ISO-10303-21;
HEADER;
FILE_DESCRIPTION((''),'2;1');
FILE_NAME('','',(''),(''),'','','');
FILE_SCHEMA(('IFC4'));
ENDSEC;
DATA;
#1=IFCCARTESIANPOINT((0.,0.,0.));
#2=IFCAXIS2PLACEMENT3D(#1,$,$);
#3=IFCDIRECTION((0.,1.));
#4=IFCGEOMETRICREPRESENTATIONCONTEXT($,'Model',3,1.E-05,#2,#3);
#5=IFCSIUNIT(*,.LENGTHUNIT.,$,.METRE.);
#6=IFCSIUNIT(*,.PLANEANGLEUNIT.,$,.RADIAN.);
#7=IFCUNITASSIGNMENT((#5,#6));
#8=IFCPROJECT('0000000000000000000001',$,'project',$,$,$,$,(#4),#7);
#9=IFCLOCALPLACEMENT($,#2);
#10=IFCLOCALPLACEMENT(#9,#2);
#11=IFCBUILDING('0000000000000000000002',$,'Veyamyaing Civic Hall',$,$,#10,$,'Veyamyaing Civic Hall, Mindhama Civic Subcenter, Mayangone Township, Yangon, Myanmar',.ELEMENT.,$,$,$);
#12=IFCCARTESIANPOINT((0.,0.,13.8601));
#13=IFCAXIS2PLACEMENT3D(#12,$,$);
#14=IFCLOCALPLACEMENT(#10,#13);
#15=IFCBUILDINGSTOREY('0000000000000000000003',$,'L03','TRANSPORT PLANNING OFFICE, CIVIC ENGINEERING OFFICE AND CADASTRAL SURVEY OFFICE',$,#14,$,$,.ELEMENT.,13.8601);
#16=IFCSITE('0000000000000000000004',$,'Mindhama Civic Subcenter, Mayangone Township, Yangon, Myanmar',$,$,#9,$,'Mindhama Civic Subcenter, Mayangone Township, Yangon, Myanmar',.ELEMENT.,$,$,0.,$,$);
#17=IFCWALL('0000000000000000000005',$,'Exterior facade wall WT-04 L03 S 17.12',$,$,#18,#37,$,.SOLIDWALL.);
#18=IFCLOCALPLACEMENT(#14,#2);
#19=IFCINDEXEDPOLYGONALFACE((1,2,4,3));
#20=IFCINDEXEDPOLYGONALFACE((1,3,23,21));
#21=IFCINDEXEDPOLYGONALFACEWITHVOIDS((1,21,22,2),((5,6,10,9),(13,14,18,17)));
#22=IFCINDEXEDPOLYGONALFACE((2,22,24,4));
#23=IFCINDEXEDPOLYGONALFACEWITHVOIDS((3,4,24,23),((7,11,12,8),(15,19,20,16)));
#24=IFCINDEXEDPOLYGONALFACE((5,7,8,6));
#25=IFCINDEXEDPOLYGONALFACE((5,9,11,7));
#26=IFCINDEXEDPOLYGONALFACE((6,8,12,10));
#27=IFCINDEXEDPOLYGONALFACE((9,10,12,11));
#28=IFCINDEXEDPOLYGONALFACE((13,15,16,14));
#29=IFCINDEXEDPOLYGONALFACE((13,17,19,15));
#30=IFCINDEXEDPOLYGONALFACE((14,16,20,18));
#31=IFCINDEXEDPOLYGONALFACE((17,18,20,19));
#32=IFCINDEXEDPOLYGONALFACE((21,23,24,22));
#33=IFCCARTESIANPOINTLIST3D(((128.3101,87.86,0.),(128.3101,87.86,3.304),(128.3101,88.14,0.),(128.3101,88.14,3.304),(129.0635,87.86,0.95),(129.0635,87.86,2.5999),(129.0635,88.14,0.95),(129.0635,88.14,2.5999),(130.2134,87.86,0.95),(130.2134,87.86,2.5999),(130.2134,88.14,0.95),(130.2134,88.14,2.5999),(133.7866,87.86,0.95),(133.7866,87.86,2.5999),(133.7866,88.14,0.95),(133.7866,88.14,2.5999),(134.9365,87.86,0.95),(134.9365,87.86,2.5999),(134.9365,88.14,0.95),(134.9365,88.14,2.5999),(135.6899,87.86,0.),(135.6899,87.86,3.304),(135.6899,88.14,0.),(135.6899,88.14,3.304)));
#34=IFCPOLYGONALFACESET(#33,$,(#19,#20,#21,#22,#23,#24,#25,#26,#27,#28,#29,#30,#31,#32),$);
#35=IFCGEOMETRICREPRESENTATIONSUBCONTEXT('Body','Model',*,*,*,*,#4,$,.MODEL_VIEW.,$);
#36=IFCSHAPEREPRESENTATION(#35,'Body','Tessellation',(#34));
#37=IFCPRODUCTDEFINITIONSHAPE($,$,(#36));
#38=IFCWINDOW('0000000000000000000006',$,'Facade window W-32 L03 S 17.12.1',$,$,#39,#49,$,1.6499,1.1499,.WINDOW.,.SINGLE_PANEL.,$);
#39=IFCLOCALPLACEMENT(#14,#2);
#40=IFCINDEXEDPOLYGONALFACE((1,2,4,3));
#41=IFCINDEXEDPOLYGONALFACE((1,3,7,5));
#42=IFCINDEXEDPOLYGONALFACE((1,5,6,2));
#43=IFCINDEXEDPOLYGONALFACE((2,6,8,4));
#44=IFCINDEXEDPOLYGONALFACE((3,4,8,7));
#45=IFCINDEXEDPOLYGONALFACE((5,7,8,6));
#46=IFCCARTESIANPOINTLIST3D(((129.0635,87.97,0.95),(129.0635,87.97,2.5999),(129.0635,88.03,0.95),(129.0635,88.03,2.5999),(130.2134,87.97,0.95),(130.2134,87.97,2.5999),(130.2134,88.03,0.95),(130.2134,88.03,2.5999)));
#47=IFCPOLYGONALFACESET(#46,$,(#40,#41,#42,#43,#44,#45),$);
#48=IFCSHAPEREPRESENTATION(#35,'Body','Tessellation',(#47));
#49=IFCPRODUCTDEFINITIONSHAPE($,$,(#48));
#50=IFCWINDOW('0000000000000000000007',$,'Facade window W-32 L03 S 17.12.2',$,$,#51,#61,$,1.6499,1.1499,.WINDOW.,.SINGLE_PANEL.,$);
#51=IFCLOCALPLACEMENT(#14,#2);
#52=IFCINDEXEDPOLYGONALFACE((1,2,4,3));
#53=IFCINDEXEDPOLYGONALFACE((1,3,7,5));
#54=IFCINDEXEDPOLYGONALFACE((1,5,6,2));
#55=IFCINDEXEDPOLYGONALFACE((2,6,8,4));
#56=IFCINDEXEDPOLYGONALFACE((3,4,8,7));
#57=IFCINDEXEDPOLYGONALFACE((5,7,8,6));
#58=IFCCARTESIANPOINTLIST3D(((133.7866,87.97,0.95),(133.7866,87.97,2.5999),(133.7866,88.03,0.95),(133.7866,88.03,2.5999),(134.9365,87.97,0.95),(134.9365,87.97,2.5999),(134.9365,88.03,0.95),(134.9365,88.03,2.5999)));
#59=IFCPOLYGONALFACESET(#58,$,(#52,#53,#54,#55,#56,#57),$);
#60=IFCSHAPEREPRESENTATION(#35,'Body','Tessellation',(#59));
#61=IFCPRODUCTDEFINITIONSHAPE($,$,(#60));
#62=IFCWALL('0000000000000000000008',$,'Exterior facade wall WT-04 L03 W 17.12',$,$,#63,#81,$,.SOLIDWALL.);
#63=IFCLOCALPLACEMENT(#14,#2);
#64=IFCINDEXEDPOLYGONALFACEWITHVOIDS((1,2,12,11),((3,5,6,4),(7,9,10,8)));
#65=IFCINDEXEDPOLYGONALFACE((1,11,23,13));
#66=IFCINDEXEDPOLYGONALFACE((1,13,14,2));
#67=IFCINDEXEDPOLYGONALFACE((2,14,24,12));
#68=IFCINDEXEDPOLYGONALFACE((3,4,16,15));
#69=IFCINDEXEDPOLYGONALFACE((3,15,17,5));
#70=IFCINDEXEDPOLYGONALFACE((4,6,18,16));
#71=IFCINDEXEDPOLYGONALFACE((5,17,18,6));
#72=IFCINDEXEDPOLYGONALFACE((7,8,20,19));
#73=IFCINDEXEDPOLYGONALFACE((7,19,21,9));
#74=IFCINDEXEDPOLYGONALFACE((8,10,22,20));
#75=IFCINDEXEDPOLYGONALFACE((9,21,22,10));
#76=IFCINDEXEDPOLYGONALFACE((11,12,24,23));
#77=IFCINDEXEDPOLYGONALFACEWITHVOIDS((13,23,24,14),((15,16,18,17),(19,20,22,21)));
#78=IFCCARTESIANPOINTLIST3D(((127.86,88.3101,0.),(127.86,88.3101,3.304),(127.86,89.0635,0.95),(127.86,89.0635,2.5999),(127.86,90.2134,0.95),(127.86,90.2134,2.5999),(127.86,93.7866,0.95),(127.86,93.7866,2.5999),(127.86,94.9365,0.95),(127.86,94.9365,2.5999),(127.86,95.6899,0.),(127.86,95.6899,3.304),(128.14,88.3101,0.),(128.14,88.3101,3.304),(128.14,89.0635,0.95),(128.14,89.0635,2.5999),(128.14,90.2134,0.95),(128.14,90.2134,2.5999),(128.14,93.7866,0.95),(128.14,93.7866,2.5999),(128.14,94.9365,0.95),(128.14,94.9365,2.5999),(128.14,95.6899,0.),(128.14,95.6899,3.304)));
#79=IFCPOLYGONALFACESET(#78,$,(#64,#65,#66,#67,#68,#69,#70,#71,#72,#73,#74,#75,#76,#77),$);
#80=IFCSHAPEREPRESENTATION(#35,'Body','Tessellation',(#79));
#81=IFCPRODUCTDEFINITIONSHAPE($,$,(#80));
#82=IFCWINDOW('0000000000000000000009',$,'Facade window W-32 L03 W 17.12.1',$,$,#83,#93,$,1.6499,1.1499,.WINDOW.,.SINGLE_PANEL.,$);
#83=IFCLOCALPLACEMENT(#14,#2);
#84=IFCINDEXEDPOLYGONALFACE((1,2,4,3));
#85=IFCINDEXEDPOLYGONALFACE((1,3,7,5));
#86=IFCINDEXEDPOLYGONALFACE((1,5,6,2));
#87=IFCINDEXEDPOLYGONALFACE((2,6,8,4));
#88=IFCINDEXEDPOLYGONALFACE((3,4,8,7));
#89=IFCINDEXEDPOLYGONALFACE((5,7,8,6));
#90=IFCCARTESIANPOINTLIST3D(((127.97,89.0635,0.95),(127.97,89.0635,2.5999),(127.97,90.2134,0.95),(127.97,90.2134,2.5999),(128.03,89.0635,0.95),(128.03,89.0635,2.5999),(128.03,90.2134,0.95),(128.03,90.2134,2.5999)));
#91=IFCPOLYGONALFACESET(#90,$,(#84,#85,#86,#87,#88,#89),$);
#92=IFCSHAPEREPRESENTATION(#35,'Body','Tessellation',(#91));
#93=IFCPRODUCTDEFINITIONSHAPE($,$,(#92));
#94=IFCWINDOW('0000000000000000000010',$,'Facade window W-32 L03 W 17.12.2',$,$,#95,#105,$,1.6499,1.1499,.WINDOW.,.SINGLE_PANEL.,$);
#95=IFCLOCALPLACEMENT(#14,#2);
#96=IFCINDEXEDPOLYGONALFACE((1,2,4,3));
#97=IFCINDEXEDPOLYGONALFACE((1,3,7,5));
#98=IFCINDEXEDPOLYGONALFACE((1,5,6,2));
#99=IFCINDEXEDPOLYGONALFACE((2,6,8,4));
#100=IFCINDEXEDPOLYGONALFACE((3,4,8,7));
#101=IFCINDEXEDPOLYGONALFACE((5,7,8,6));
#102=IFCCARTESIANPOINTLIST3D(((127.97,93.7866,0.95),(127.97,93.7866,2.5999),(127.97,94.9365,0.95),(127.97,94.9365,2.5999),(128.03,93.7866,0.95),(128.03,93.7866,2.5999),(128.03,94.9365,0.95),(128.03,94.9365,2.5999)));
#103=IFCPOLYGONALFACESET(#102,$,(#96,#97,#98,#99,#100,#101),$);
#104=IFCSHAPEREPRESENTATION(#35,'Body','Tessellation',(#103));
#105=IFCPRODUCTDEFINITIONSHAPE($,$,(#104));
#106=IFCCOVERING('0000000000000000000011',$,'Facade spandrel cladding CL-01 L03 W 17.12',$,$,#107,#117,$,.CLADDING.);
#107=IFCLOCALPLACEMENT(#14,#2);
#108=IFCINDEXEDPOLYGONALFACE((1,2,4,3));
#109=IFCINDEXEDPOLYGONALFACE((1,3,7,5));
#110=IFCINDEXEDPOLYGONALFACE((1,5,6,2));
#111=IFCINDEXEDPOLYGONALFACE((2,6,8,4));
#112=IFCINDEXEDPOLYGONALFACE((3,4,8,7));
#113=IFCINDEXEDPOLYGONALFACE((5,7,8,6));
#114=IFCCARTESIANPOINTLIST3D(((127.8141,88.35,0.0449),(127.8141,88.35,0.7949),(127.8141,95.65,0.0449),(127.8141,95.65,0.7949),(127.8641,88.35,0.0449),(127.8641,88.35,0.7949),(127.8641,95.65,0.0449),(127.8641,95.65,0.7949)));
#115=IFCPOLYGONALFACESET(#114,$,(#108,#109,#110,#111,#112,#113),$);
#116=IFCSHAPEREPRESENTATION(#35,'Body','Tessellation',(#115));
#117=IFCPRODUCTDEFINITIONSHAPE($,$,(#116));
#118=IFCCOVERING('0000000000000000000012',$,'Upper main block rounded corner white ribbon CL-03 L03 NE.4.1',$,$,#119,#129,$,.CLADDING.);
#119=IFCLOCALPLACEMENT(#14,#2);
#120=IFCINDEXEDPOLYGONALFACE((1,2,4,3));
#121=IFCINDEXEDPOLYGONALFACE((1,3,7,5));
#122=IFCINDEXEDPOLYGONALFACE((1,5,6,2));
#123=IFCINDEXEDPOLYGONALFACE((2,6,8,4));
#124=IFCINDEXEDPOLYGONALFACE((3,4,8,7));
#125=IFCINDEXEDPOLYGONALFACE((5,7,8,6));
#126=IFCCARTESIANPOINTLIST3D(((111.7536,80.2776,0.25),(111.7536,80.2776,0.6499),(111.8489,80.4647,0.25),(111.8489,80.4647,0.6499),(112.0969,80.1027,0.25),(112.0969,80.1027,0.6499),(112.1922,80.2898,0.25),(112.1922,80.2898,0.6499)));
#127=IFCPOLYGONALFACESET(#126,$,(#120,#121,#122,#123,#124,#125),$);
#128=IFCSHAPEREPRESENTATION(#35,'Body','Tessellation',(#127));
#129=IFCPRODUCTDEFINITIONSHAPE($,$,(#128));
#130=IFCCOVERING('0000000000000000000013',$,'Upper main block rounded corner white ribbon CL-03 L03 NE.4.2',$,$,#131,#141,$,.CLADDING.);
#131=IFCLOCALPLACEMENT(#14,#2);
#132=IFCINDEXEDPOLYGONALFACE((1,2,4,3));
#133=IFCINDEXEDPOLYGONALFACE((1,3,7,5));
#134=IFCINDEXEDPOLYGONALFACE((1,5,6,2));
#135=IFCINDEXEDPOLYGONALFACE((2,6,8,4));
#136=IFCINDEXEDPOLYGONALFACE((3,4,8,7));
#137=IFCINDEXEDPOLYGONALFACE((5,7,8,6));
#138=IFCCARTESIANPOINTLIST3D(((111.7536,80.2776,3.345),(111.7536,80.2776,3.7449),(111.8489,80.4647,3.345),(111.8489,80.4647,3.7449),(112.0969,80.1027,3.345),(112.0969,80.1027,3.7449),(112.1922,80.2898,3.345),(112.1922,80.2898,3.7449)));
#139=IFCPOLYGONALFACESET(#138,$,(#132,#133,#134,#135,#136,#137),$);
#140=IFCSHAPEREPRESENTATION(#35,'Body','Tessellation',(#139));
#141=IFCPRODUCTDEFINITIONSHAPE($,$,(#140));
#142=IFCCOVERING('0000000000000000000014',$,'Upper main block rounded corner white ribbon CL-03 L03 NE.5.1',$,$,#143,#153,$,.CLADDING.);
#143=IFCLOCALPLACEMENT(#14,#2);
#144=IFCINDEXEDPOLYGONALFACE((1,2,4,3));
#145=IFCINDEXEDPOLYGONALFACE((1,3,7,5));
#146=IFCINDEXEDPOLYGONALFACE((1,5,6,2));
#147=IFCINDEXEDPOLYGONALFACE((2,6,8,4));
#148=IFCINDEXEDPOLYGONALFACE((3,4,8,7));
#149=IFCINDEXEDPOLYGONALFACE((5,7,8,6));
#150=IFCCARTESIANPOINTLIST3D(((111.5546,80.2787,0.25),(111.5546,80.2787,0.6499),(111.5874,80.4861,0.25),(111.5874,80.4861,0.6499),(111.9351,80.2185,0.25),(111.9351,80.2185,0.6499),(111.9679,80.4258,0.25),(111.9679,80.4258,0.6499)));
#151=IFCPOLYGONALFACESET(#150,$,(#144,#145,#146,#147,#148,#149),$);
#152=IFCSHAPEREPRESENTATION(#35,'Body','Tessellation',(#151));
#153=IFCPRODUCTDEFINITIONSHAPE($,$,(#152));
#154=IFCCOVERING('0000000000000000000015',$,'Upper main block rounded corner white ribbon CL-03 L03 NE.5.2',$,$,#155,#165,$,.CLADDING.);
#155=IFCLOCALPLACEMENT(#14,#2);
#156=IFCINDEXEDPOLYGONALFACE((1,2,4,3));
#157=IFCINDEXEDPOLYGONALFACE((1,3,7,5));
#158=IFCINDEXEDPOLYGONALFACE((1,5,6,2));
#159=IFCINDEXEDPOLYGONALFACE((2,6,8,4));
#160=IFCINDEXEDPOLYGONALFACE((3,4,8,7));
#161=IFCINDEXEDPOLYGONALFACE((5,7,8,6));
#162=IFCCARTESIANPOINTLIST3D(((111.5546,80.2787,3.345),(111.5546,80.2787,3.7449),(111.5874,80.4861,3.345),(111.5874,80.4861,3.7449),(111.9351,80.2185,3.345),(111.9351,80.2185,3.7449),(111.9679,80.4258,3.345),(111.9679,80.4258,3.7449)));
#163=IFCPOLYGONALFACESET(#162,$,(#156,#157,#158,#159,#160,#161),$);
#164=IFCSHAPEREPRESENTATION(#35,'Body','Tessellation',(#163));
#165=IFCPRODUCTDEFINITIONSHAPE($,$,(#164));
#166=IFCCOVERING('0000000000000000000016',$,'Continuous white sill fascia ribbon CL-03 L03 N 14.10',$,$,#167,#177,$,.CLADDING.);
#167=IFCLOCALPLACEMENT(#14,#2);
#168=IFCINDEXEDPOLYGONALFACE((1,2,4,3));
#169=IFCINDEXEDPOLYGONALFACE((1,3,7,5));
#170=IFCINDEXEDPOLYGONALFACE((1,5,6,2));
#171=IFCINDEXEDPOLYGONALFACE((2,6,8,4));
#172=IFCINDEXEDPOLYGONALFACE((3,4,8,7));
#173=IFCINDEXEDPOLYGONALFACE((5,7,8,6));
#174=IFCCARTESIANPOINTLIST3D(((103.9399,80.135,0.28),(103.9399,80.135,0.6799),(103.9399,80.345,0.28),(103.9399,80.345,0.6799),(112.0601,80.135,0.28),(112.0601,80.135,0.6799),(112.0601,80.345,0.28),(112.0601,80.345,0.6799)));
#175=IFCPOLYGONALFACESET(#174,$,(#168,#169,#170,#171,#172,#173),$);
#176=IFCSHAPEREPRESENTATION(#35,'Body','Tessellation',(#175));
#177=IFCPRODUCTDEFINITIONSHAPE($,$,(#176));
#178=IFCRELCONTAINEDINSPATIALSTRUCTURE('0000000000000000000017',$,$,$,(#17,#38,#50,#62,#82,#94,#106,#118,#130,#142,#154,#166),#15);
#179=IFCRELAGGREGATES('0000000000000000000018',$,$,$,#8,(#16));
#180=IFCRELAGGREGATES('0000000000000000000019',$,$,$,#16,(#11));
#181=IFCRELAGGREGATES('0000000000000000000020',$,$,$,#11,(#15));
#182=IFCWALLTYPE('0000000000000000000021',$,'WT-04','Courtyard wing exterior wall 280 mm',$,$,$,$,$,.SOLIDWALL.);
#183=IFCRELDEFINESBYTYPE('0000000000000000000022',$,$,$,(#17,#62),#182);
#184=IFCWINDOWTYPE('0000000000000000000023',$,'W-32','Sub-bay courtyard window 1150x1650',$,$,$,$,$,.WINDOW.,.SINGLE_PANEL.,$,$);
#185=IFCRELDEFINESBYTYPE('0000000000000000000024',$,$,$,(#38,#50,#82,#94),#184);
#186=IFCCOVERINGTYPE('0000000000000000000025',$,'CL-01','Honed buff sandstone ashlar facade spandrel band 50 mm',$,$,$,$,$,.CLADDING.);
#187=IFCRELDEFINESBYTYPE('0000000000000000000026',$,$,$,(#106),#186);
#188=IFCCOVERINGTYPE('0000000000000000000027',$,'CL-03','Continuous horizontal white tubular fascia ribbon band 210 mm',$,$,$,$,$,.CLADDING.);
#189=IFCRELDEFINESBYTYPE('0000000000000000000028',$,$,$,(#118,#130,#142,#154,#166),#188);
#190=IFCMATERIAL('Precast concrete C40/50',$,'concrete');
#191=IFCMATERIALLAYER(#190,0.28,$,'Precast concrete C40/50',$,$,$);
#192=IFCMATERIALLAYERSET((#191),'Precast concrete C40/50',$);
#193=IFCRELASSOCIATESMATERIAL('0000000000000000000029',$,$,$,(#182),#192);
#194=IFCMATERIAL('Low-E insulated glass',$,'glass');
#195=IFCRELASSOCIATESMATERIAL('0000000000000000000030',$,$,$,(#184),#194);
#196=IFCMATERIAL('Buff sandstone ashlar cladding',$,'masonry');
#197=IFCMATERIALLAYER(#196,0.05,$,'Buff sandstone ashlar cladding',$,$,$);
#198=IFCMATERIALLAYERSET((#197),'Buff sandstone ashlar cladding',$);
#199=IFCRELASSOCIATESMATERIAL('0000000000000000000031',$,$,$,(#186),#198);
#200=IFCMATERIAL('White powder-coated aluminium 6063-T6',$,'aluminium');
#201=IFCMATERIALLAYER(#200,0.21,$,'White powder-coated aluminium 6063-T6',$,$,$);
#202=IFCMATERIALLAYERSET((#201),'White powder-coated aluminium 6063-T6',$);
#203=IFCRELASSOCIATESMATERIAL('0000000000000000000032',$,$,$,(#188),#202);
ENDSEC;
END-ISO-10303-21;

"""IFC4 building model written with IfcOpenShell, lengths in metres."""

from ifc_helpers import new_model, si_unit, direction, frame, frame_2d, origin, origin_2d, place, context, subcontext, project, spatial, rectangle, extrude, material, layer, layer_set, type_object, element, fill, save


model = new_model("IFC4")

# Units and contexts
model_context = context("Model", 3, precision=1e-05, world=origin(), true_north=direction((0.0, 1.0)))
body_context = subcontext(model_context, "Body", "Model", "MODEL_VIEW")
ifc_project = project(units=[si_unit("LENGTHUNIT", "METRE"), si_unit("PLANEANGLEUNIT", "RADIAN")], contexts=[model_context])

# Site, building, storey
site_placement = place(None, origin())
site = spatial("IfcSite", under=ifc_project, at=site_placement, Name="Mindhama Civic Subcenter, Mayangone Township, Yangon, Myanmar", LongName="Mindhama Civic Subcenter, Mayangone Township, Yangon, Myanmar", CompositionType="ELEMENT", RefElevation=0.0)
building_placement = place(site_placement, origin())
building = spatial("IfcBuilding", under=site, at=building_placement, Name="Veyamyaing Civic Hall", LongName="Veyamyaing Civic Hall, Mindhama Civic Subcenter, Mayangone Township, Yangon, Myanmar", CompositionType="ELEMENT")
storey_placement = place(building_placement, frame((0.0, 0.0, 13.8601)))
storey = spatial("IfcBuildingStorey", under=building, at=storey_placement, Name="L03", Description="TRANSPORT PLANNING OFFICE, CIVIC ENGINEERING OFFICE AND CADASTRAL SURVEY OFFICE", CompositionType="ELEMENT", Elevation=13.8601)

# Walls, openings, windows
ifc_material_1 = material(Name="Precast concrete C40/50", Category="concrete")
ifc_layer_1 = layer(ifc_material_1, 0.28, Name="Precast concrete C40/50")
ifc_layer_set_1 = layer_set([ifc_layer_1], Name="Precast concrete C40/50")
wall_type = type_object("IfcWallType", Name="WT-04", Description="Courtyard wing exterior wall 280 mm", PredefinedType="SOLIDWALL", material=ifc_layer_set_1)
wall_1_placement = place(storey_placement, frame((128.3101, 88.0, 0.0), z_axis=(0.0, 0.0, 1.0), x_axis=(1.0, 0.0, 0.0)))
wall_1 = element("IfcWall", 1, at=wall_1_placement, inside=storey, type_object=wall_type, Name="Exterior facade wall WT-04 L03 S 17.12", PredefinedType="SOLIDWALL", context=body_context, shape_type="SweptSolid", body=[
    extrude(rectangle(XDim=7.3799, YDim=0.28, at=frame_2d((3.6899, 0.0))), origin(), (0.0, 0.0, 1.0), 3.304),
])
opening_1_placement = place(wall_1_placement, frame((0.7534, 0.0, 0.95)))
opening_1 = element("IfcOpeningElement", 2, at=opening_1_placement, cuts=wall_1, PredefinedType="OPENING", context=body_context, shape_type="SweptSolid", body=[
    extrude(rectangle(XDim=1.1499, YDim=1.6499, at=frame_2d((0.575, 0.825))), frame((0.0, 0.1499, 0.0), z_axis=(0.0, -1.0, 0.0), x_axis=(1.0, 0.0, 0.0)), (0.0, 0.0, 1.0), 0.3),
])
opening_2_placement = place(wall_1_placement, frame((5.4766, 0.0, 0.95)))
opening_2 = element("IfcOpeningElement", 3, at=opening_2_placement, cuts=wall_1, PredefinedType="OPENING", context=body_context, shape_type="SweptSolid", body=[
    extrude(rectangle(XDim=1.1499, YDim=1.6499, at=frame_2d((0.575, 0.825))), frame((0.0, 0.1499, 0.0), z_axis=(0.0, -1.0, 0.0), x_axis=(1.0, 0.0, 0.0)), (0.0, 0.0, 1.0), 0.3),
])
ifc_material_2 = material(Name="Low-E insulated glass", Category="glass")
window_type = type_object("IfcWindowType", Name="W-32", Description="Sub-bay courtyard window 1150x1650", PartitioningType="SINGLE_PANEL", PredefinedType="WINDOW", material=ifc_material_2)
window_1_placement = place(opening_1_placement, origin())
window_1 = element("IfcWindow", 4, at=window_1_placement, inside=storey, type_object=window_type, Name="Facade window W-32 L03 S 17.12.1", OverallHeight=1.6499, OverallWidth=1.1499, PartitioningType="SINGLE_PANEL", PredefinedType="WINDOW", context=body_context, shape_type="SweptSolid", body=[
    extrude(rectangle(XDim=1.1499, YDim=1.6499, at=frame_2d((0.575, 0.825))), frame((0.0, 0.03, 0.0), z_axis=(0.0, -1.0, 0.0), x_axis=(1.0, 0.0, 0.0)), (0.0, 0.0, 1.0), 0.0601),
])
fill(opening_1, window_1)
window_2_placement = place(opening_2_placement, origin())
window_2 = element("IfcWindow", 5, at=window_2_placement, inside=storey, type_object=window_type, Name="Facade window W-32 L03 S 17.12.2", OverallHeight=1.6499, OverallWidth=1.1499, PartitioningType="SINGLE_PANEL", PredefinedType="WINDOW", context=body_context, shape_type="SweptSolid", body=[
    extrude(rectangle(XDim=1.1499, YDim=1.6499, at=frame_2d((0.575, 0.825))), frame((0.0, 0.03, 0.0), z_axis=(0.0, -1.0, 0.0), x_axis=(1.0, 0.0, 0.0)), (0.0, 0.0, 1.0), 0.0601),
])
fill(opening_2, window_2)
wall_2_placement = place(storey_placement, frame((128.0, 88.3101, 0.0), z_axis=(0.0, 0.0, 1.0), x_axis=(0.0, 1.0, 0.0)))
wall_2 = element("IfcWall", 6, at=wall_2_placement, inside=storey, type_object=wall_type, Name="Exterior facade wall WT-04 L03 W 17.12", PredefinedType="SOLIDWALL", context=body_context, shape_type="SweptSolid", body=[
    extrude(rectangle(XDim=7.3799, YDim=0.28, at=frame_2d((3.6899, 0.0))), origin(), (0.0, 0.0, 1.0), 3.304),
])
opening_3_placement = place(wall_2_placement, frame((0.7534, 0.0, 0.95)))
opening_3 = element("IfcOpeningElement", 7, at=opening_3_placement, cuts=wall_2, PredefinedType="OPENING", context=body_context, shape_type="SweptSolid", body=[
    extrude(rectangle(XDim=1.1499, YDim=1.6499, at=frame_2d((0.575, 0.825))), frame((0.0, 0.1499, 0.0), z_axis=(0.0, -1.0, 0.0), x_axis=(1.0, 0.0, 0.0)), (0.0, 0.0, 1.0), 0.3),
])
opening_4_placement = place(wall_2_placement, frame((5.4766, 0.0, 0.95)))
opening_4 = element("IfcOpeningElement", 8, at=opening_4_placement, cuts=wall_2, PredefinedType="OPENING", context=body_context, shape_type="SweptSolid", body=[
    extrude(rectangle(XDim=1.1499, YDim=1.6499, at=frame_2d((0.575, 0.825))), frame((0.0, 0.1499, 0.0), z_axis=(0.0, -1.0, 0.0), x_axis=(1.0, 0.0, 0.0)), (0.0, 0.0, 1.0), 0.3),
])
window_3_placement = place(opening_3_placement, origin())
window_3 = element("IfcWindow", 9, at=window_3_placement, inside=storey, type_object=window_type, Name="Facade window W-32 L03 W 17.12.1", OverallHeight=1.6499, OverallWidth=1.1499, PartitioningType="SINGLE_PANEL", PredefinedType="WINDOW", context=body_context, shape_type="SweptSolid", body=[
    extrude(rectangle(XDim=1.1499, YDim=1.6499, at=frame_2d((0.575, 0.825))), frame((0.0, 0.03, 0.0), z_axis=(0.0, -1.0, 0.0), x_axis=(1.0, 0.0, 0.0)), (0.0, 0.0, 1.0), 0.0601),
])
fill(opening_3, window_3)
window_4_placement = place(opening_4_placement, origin())
window_4 = element("IfcWindow", 10, at=window_4_placement, inside=storey, type_object=window_type, Name="Facade window W-32 L03 W 17.12.2", OverallHeight=1.6499, OverallWidth=1.1499, PartitioningType="SINGLE_PANEL", PredefinedType="WINDOW", context=body_context, shape_type="SweptSolid", body=[
    extrude(rectangle(XDim=1.1499, YDim=1.6499, at=frame_2d((0.575, 0.825))), frame((0.0, 0.03, 0.0), z_axis=(0.0, -1.0, 0.0), x_axis=(1.0, 0.0, 0.0)), (0.0, 0.0, 1.0), 0.0601),
])
fill(opening_4, window_4)

# Coverings
ifc_material_3 = material(Name="Buff sandstone ashlar cladding", Category="masonry")
ifc_layer_2 = layer(ifc_material_3, 0.05, Name="Buff sandstone ashlar cladding")
ifc_layer_set_2 = layer_set([ifc_layer_2], Name="Buff sandstone ashlar cladding")
covering_type_1 = type_object("IfcCoveringType", Name="CL-01", Description="Honed buff sandstone ashlar facade spandrel band 50 mm", PredefinedType="CLADDING", material=ifc_layer_set_2)
covering_1_placement = place(storey_placement, frame((127.8391, 92.0, 0.0449), z_axis=(0.0, 0.0, 1.0), x_axis=(0.0, 1.0, 0.0)))
element("IfcCovering", 11, at=covering_1_placement, inside=storey, type_object=covering_type_1, Name="Facade spandrel cladding CL-01 L03 W 17.12", PredefinedType="CLADDING", context=body_context, shape_type="SweptSolid", body=[
    extrude(rectangle(XDim=7.3, YDim=0.05, at=origin_2d()), origin(), (0.0, 0.0, 1.0), 0.75),
])
ifc_material_4 = material(Name="White powder-coated aluminium 6063-T6", Category="aluminium")
ifc_layer_3 = layer(ifc_material_4, 0.21, Name="White powder-coated aluminium 6063-T6")
ifc_layer_set_3 = layer_set([ifc_layer_3], Name="White powder-coated aluminium 6063-T6")
covering_type_2 = type_object("IfcCoveringType", Name="CL-03", Description="Continuous horizontal white tubular fascia ribbon band 210 mm", PredefinedType="CLADDING", material=ifc_layer_set_3)
for number, where, z_axis, x_axis, name in (
    (12, (111.9729, 80.2837, 0.25), (0.0, 0.0, 1.0), (-0.891007, 0.45399, 0.0), "Upper main block rounded corner white ribbon CL-03 L03 NE.4.1"),
    (13, (111.9729, 80.2837, 3.345), (0.0, 0.0, 1.0), (-0.891007, 0.45399, 0.0), "Upper main block rounded corner white ribbon CL-03 L03 NE.4.2"),
    (14, (111.7612, 80.3523, 0.25), (0.0, 0.0, 1.0), (-0.987688, 0.156434, 0.0), "Upper main block rounded corner white ribbon CL-03 L03 NE.5.1"),
    (15, (111.7612, 80.3523, 3.345), (0.0, 0.0, 1.0), (-0.987688, 0.156434, 0.0), "Upper main block rounded corner white ribbon CL-03 L03 NE.5.2"),
):
    element("IfcCovering", number, at=place(storey_placement, frame(where, z_axis=z_axis, x_axis=x_axis)), inside=storey, type_object=covering_type_2, Name=name, PredefinedType="CLADDING", context=body_context, shape_type="SweptSolid", body=[
        extrude(rectangle(XDim=0.3853, YDim=0.21, at=origin_2d()), origin(), (0.0, 0.0, 1.0), 0.3999),
    ])
covering_2_placement = place(storey_placement, frame((108.0, 80.24, 0.28), z_axis=(0.0, 0.0, 1.0), x_axis=(1.0, 0.0, 0.0)))
element("IfcCovering", 16, at=covering_2_placement, inside=storey, type_object=covering_type_2, Name="Continuous white sill fascia ribbon CL-03 L03 N 14.10", PredefinedType="CLADDING", context=body_context, shape_type="SweptSolid", body=[
    extrude(rectangle(XDim=8.1201, YDim=0.21, at=origin_2d()), origin(), (0.0, 0.0, 1.0), 0.3999),
])

save(model, "model.ifc")
